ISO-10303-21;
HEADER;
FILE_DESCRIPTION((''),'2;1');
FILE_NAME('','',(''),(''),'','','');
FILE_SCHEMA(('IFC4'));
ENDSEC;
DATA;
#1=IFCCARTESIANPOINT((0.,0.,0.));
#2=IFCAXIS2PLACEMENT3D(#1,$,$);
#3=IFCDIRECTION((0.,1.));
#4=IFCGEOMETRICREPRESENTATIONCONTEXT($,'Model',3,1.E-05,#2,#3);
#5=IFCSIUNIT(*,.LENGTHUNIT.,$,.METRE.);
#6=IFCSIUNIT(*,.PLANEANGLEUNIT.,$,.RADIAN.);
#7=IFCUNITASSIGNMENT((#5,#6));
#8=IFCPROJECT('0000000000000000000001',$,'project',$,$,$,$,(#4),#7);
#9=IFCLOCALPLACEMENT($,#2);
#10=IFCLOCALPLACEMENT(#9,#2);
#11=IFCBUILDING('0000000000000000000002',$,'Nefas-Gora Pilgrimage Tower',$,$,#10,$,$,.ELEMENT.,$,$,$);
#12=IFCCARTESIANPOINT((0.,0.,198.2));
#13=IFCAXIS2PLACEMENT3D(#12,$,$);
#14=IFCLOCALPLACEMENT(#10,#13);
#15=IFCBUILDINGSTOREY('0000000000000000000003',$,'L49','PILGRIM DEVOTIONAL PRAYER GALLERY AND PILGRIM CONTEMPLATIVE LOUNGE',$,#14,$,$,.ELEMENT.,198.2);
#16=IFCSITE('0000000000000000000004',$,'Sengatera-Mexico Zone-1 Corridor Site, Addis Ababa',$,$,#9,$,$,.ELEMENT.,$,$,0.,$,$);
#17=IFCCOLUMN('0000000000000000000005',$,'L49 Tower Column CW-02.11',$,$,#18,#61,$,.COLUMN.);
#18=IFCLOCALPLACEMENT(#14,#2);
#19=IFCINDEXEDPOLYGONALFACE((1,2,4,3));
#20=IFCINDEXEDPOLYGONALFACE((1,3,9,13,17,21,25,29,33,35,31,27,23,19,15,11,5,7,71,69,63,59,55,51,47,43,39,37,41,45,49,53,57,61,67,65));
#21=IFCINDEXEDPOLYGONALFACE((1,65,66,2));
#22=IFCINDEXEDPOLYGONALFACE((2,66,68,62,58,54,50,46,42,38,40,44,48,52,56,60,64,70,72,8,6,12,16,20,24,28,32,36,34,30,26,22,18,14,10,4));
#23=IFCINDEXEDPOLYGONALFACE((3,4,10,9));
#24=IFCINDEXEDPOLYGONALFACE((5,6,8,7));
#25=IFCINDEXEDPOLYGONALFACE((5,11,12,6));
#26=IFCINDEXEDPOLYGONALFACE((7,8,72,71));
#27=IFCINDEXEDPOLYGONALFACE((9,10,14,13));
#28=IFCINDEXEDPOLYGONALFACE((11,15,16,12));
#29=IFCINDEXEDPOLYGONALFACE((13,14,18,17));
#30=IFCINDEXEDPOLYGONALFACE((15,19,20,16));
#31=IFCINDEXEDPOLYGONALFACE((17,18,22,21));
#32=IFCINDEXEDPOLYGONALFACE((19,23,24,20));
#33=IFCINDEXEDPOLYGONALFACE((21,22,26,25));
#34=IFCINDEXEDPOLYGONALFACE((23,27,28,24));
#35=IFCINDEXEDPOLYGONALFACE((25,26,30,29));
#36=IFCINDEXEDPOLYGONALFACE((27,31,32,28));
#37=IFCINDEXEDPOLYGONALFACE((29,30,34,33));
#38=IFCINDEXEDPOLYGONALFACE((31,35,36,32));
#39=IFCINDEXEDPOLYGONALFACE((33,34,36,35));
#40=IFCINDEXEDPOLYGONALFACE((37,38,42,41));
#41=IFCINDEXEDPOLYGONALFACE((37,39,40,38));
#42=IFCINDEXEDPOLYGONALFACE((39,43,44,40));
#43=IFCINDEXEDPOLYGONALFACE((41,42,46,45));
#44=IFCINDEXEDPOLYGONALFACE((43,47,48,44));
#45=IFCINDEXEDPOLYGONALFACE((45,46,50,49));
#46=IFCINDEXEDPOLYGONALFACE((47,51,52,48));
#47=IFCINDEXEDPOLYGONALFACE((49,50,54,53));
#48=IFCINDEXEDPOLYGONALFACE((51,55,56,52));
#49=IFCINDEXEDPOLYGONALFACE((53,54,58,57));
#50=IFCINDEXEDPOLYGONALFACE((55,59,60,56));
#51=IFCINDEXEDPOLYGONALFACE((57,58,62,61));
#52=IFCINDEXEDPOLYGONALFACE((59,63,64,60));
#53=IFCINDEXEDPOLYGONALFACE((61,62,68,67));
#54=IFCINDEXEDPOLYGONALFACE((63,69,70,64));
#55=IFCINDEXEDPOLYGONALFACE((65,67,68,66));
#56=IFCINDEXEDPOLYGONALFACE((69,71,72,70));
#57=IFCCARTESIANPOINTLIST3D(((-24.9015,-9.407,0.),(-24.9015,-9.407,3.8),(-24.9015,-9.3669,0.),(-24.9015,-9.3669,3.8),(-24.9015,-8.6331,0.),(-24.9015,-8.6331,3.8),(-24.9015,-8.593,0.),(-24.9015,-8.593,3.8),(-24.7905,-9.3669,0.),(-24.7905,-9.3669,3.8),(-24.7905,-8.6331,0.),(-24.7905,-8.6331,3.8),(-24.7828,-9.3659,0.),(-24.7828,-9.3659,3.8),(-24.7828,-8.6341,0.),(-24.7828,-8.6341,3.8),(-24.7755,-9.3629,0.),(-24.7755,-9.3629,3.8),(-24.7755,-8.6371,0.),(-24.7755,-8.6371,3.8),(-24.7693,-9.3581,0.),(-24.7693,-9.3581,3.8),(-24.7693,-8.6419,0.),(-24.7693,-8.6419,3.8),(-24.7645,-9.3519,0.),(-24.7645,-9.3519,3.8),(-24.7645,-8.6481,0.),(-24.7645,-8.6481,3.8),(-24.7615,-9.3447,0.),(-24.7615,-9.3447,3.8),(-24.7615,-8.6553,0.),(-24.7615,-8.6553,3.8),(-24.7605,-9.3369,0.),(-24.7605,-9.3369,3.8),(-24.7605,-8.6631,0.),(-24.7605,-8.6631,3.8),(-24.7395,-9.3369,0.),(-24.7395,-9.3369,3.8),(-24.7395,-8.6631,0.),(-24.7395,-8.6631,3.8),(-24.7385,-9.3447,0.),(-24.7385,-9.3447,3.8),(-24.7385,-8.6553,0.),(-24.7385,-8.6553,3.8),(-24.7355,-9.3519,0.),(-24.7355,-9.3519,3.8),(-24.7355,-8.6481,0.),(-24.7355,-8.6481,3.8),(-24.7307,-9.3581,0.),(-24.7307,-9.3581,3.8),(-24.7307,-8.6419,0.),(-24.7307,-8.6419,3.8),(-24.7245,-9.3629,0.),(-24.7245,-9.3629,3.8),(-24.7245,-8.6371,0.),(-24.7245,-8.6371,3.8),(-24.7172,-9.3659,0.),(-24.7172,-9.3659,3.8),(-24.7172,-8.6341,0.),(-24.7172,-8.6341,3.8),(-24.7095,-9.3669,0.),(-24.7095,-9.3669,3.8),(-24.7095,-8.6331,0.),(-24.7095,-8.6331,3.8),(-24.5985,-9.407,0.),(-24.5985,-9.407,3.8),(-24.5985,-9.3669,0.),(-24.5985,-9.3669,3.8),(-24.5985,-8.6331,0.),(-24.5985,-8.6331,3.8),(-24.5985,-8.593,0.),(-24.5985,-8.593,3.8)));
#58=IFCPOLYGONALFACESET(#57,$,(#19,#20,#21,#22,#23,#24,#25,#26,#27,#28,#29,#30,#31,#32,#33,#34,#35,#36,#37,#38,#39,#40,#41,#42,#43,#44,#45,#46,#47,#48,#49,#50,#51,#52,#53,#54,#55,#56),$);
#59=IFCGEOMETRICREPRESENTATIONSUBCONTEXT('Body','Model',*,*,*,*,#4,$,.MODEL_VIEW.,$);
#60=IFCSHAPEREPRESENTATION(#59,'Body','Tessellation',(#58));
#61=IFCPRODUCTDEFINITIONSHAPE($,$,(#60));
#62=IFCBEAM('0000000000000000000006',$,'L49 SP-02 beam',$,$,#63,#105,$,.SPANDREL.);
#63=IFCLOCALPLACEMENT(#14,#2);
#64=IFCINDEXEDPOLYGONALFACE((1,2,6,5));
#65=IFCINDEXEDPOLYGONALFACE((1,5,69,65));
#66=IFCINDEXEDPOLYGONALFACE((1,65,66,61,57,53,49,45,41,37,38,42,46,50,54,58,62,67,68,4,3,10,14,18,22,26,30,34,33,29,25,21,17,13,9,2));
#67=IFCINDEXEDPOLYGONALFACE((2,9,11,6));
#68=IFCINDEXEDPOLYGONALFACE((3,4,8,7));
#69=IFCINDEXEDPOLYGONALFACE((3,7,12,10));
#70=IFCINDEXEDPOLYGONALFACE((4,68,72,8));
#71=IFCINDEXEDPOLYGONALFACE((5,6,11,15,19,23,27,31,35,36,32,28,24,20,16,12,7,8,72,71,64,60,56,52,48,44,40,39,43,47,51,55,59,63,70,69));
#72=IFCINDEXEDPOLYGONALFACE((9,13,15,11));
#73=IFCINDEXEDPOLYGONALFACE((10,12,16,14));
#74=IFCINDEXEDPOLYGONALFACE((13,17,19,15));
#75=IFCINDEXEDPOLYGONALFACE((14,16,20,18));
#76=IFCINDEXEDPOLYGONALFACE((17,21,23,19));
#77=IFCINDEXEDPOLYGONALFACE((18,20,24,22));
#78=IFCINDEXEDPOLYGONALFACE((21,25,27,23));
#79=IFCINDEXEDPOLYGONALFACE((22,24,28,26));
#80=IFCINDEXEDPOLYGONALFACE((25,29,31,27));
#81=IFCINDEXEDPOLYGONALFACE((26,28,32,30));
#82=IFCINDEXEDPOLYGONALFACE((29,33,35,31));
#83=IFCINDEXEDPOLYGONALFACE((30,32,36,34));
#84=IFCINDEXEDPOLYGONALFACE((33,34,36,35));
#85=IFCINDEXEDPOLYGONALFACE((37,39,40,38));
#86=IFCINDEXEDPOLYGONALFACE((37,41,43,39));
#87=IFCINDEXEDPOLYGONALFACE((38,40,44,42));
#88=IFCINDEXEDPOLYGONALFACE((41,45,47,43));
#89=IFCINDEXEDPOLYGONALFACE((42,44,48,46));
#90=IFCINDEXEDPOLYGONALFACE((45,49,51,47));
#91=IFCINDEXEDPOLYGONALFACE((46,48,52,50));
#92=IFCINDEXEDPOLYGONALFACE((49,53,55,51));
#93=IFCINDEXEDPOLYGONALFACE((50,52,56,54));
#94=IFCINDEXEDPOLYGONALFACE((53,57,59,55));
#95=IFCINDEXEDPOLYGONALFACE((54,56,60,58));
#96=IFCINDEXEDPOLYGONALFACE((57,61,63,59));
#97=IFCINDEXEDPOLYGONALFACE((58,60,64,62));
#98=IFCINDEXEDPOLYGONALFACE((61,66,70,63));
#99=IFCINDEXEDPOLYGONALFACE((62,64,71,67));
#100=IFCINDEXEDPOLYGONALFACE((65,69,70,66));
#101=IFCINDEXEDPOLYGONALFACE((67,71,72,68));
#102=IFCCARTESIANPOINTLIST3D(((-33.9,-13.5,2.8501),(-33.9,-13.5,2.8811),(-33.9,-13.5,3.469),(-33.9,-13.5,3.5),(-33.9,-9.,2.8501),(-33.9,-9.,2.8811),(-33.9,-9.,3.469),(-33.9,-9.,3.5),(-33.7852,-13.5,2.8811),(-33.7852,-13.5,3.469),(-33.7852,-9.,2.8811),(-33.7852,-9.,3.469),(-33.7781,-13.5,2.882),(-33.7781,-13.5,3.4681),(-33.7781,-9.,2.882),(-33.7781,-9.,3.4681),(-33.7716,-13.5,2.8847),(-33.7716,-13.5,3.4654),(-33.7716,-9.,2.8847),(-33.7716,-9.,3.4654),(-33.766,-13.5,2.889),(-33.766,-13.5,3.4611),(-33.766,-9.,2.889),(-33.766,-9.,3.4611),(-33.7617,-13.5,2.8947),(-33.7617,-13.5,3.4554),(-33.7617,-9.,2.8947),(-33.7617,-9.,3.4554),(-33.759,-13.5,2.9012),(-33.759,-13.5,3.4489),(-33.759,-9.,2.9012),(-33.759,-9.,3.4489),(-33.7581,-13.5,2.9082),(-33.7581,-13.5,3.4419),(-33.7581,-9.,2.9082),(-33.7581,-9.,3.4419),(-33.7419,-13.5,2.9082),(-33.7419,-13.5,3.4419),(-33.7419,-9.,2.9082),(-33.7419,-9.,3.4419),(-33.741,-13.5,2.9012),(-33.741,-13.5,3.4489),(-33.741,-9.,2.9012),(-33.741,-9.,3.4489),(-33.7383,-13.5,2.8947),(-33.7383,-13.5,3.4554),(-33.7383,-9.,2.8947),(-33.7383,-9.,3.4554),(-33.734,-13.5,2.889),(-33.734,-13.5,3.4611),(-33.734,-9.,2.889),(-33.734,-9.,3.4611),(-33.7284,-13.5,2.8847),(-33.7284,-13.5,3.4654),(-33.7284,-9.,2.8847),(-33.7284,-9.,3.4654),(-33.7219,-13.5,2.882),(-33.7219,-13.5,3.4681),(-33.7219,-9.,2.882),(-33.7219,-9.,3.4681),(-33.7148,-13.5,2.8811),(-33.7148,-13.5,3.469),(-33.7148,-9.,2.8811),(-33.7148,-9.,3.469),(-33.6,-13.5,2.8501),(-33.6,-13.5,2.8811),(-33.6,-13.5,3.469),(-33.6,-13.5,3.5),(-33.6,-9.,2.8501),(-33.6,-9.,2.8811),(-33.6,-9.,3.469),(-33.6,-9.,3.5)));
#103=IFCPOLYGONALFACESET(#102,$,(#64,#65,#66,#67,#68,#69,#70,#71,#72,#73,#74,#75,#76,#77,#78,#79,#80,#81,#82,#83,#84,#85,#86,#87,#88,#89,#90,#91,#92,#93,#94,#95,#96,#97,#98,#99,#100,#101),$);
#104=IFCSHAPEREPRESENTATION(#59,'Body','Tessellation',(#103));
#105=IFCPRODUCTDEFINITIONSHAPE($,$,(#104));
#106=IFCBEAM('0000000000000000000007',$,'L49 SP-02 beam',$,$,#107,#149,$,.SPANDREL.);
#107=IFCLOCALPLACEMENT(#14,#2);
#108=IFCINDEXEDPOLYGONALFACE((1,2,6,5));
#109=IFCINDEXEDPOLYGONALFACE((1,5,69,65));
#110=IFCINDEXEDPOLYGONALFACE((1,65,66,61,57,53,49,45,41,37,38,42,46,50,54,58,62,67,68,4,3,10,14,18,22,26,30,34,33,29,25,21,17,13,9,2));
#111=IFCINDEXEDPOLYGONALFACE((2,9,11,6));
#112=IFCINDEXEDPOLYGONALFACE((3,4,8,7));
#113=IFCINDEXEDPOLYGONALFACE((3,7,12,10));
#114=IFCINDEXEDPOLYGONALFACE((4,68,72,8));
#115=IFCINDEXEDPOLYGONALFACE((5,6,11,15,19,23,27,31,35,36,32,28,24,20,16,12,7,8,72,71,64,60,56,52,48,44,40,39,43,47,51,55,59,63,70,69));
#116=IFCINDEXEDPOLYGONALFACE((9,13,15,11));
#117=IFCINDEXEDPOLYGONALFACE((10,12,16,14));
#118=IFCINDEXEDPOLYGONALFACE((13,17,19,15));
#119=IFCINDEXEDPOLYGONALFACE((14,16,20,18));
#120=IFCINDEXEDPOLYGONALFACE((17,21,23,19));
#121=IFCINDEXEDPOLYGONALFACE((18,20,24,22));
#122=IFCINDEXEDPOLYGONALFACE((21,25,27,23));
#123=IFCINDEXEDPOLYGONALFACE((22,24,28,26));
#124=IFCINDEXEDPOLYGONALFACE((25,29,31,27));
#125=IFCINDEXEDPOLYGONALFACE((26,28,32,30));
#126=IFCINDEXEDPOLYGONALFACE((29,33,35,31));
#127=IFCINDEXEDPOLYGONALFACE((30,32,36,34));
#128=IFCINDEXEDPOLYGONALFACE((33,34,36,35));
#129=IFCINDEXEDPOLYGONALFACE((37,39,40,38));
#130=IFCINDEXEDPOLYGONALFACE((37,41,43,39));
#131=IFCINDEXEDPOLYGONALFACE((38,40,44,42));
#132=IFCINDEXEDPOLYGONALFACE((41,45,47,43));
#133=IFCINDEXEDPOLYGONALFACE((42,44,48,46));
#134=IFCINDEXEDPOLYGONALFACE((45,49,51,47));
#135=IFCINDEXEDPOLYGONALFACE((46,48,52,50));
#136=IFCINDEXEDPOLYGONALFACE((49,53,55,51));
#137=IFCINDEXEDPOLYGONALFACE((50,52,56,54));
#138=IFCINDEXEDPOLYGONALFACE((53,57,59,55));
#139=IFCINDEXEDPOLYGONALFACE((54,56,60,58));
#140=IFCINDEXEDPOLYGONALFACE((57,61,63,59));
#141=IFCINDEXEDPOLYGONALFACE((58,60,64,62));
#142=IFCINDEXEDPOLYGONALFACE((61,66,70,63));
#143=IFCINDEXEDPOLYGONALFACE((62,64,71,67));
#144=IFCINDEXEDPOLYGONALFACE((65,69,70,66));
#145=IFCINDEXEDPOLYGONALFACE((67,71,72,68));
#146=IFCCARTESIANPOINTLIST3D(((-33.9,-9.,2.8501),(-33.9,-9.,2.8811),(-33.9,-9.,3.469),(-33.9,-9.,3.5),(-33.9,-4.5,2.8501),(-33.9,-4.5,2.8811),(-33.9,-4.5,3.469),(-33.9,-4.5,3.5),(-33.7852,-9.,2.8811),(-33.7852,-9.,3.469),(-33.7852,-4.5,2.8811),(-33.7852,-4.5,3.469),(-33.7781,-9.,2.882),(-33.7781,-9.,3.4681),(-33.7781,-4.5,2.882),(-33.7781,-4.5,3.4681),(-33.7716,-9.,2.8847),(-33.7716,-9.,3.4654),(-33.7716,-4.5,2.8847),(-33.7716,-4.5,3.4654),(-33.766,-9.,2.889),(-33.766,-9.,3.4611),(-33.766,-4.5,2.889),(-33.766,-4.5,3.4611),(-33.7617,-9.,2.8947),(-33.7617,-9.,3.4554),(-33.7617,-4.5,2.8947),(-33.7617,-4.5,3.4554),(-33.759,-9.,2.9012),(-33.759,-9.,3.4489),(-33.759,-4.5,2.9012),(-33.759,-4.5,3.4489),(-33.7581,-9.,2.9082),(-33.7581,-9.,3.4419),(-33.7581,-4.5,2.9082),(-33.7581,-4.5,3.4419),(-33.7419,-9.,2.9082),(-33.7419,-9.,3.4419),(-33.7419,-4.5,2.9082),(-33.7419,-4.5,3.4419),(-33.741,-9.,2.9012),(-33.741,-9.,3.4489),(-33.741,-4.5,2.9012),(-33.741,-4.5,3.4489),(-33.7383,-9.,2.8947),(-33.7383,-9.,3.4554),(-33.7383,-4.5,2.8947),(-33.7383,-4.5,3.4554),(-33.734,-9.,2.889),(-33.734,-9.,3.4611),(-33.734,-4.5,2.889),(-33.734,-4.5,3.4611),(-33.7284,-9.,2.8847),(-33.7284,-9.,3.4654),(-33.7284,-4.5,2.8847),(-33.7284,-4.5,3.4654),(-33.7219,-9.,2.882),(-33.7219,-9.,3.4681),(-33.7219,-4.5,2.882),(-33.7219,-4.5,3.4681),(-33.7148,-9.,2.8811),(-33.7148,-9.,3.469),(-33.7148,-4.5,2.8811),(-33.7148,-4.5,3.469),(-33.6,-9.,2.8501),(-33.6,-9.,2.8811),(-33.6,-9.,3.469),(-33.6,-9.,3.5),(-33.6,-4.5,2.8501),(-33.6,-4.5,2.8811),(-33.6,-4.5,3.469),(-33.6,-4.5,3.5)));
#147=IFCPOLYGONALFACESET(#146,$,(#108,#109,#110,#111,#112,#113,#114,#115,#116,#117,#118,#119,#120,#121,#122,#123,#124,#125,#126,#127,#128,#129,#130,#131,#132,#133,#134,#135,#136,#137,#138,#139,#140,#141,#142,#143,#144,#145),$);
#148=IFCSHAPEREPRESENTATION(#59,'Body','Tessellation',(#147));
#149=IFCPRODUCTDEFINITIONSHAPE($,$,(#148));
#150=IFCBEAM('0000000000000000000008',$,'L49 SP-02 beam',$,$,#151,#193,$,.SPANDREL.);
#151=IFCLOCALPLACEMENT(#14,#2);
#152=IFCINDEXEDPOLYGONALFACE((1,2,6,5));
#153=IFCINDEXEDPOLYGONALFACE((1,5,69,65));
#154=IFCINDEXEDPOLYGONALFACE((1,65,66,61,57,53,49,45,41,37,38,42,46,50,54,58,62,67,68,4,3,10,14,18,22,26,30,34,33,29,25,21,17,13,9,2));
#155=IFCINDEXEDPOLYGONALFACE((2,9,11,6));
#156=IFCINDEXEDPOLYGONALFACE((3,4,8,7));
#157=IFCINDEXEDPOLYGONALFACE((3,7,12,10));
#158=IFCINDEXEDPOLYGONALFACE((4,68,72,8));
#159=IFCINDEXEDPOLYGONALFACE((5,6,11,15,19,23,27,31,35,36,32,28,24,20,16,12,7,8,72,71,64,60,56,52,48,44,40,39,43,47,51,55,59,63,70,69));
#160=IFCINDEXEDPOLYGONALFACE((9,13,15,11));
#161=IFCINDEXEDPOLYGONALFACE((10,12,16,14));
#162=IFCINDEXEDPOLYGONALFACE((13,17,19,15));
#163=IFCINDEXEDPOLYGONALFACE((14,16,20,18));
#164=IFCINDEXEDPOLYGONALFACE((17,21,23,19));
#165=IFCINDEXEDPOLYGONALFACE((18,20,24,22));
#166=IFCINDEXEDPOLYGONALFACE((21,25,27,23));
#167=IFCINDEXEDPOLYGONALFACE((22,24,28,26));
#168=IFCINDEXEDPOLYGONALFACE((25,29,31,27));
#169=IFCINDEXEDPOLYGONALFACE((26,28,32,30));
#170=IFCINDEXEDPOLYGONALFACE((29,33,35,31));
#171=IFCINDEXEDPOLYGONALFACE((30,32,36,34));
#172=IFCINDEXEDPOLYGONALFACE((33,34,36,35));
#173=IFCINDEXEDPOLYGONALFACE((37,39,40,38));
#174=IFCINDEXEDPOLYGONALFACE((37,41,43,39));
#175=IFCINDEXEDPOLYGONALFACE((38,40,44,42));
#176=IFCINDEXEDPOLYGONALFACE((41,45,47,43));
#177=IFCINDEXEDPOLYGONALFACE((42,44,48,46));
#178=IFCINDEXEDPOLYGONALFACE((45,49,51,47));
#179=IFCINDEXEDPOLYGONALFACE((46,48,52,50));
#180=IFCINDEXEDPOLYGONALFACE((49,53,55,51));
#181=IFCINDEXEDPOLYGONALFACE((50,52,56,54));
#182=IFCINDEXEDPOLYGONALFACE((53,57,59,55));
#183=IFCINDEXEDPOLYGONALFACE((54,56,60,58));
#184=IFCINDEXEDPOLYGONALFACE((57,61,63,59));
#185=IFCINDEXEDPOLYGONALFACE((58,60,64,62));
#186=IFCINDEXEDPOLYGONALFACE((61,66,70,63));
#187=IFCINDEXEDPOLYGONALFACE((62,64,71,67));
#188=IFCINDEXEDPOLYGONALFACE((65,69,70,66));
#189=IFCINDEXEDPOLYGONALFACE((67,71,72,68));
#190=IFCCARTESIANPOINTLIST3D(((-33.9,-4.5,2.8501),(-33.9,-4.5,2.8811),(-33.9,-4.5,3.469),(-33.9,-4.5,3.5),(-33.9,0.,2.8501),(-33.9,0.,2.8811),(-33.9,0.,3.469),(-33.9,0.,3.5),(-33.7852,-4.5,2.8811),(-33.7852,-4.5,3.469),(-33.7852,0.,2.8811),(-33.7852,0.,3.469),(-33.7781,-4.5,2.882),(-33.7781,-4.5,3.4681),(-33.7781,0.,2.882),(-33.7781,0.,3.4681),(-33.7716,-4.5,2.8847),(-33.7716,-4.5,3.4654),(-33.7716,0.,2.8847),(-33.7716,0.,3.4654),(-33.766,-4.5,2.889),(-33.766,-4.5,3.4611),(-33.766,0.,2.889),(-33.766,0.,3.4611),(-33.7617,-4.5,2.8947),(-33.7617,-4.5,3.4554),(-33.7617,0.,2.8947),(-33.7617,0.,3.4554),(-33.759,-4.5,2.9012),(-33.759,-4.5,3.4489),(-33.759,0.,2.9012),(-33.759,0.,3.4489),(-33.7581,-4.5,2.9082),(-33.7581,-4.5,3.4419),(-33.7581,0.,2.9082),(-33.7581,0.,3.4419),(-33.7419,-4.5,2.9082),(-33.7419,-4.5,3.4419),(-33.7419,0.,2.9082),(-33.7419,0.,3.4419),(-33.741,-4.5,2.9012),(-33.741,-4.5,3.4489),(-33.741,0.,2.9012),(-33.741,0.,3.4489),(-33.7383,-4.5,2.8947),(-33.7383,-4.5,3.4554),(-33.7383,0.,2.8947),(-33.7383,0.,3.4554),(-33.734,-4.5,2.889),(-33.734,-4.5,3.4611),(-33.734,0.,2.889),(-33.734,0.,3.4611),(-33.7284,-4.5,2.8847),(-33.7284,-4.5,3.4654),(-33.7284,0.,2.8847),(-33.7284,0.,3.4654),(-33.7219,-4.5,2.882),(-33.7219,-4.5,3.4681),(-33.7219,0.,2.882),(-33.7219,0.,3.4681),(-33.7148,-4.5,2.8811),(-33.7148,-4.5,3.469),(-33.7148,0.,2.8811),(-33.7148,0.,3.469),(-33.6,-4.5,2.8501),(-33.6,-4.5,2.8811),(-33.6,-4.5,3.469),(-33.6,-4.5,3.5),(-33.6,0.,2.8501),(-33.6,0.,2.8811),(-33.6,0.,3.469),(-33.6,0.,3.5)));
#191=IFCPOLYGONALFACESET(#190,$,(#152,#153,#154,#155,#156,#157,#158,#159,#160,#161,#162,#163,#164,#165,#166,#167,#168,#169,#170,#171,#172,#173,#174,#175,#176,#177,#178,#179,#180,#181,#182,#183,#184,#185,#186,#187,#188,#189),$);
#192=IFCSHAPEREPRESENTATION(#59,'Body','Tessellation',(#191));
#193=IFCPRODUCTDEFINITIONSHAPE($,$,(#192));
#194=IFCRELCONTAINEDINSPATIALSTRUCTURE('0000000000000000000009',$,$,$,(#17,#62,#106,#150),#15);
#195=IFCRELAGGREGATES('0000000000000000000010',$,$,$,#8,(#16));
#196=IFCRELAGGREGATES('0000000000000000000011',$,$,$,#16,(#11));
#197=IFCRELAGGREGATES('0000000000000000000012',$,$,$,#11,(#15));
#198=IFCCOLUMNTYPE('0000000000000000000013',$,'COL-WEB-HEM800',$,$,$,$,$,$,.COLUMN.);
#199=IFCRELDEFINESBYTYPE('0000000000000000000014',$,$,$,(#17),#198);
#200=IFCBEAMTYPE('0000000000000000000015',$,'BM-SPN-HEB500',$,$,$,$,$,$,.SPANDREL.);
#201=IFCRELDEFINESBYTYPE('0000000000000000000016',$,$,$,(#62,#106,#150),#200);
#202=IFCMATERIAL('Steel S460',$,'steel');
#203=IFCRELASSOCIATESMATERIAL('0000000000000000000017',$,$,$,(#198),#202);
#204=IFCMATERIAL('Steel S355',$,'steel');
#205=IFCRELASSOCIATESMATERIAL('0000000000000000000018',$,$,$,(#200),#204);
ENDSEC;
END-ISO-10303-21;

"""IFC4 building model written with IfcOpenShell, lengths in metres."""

from ifc_helpers import new_model, si_unit, direction, frame, origin, origin_2d, place, context, subcontext, project, spatial, i_section, extrude, source, transform, mapped, material, material_profile, profile_set, type_object, element, save


model = new_model("IFC4")

# Units and contexts
model_context = context("Model", 3, precision=1e-05, world=origin(), true_north=direction((0.0, 1.0)))
body_context = subcontext(model_context, "Body", "Model", "MODEL_VIEW")
ifc_project = project(units=[si_unit("LENGTHUNIT", "METRE"), si_unit("PLANEANGLEUNIT", "RADIAN")], contexts=[model_context])

# Site, building, storey
site_placement = place(None, origin())
site = spatial("IfcSite", under=ifc_project, at=site_placement, Name="Sengatera-Mexico Zone-1 Corridor Site, Addis Ababa", CompositionType="ELEMENT", RefElevation=0.0)
building_placement = place(site_placement, origin())
building = spatial("IfcBuilding", under=site, at=building_placement, Name="Nefas-Gora Pilgrimage Tower", CompositionType="ELEMENT")
storey_placement = place(building_placement, frame((0.0, 0.0, 198.2)))
storey = spatial("IfcBuildingStorey", under=building, at=storey_placement, Name="L49", Description="PILGRIM DEVOTIONAL PRAYER GALLERY AND PILGRIM CONTEMPLATIVE LOUNGE", CompositionType="ELEMENT", Elevation=198.2)

# Column
ifc_material_1 = material(Name="Steel S460", Category="steel")
ifc_material_profile_1 = material_profile(ifc_material_1, i_section(OverallWidth=0.303, OverallDepth=0.814, WebThickness=0.021, FlangeThickness=0.04, FilletRadius=0.03, at=origin_2d()), Name="HEM 800")
ifc_profile_set_1 = profile_set([ifc_material_profile_1], Name="Steel S460")
column_type_1 = type_object("IfcColumnType", Name="COL-WEB-HEM800", PredefinedType="COLUMN", material=ifc_profile_set_1)
shared_shape_1 = source(origin(), body_context, "Body", "SweptSolid", [
    extrude(i_section(OverallWidth=0.303, OverallDepth=0.814, WebThickness=0.021, FlangeThickness=0.04, FilletRadius=0.03, at=origin_2d()), origin(), (0.0, 0.0, 1.0), 3.8),
])
for number, where, z_axis, x_axis, name in (
    (1, (-24.75, -9.0, 0.0), (0.0, 0.0, 1.0), (1.0, 0.0, 0.0), "L49 Tower Column CW-02.11"),
):
    element("IfcColumn", number, at=place(storey_placement, frame(where, z_axis=z_axis, x_axis=x_axis)), inside=storey, type_object=column_type_1, Name=name, PredefinedType="COLUMN", context=body_context, shape_type="MappedRepresentation", body=[
        mapped(shared_shape_1, transform((0.0, 0.0, 0.0), x_axis=(1.0, 0.0, 0.0), y_axis=(0.0, 1.0, 0.0), z_axis=(0.0, 0.0, 1.0), scale=1.0)),
    ])

# Beams
ifc_material_2 = material(Name="Steel S355", Category="steel")
ifc_material_profile_2 = material_profile(ifc_material_2, i_section(OverallWidth=0.3, OverallDepth=0.6499, WebThickness=0.0161, FlangeThickness=0.031, FilletRadius=0.0271, at=origin_2d()), Name="HEB 650")
ifc_profile_set_2 = profile_set([ifc_material_profile_2], Name="Steel S355")
beam_type_1 = type_object("IfcBeamType", Name="BM-SPN-HEB500", PredefinedType="SPANDREL", material=ifc_profile_set_2)
shared_shape_2 = source(origin(), body_context, "Body", "SweptSolid", [
    extrude(i_section(OverallWidth=0.3, OverallDepth=0.6499, WebThickness=0.0161, FlangeThickness=0.031, FilletRadius=0.0271, at=origin_2d()), origin(), (0.0, 0.0, 1.0), 4.5),
])
for number, where, z_axis, x_axis, name in (
    (2, (-33.75, -13.5, 3.175), (0.0, 1.0, 0.0), (-1.0, 0.0, 0.0), "L49 SP-02 beam"),
    (3, (-33.75, -9.0, 3.175), (0.0, 1.0, 0.0), (-1.0, 0.0, 0.0), "L49 SP-02 beam"),
    (4, (-33.75, -4.5, 3.175), (0.0, 1.0, 0.0), (-1.0, 0.0, 0.0), "L49 SP-02 beam"),
):
    element("IfcBeam", number, at=place(storey_placement, frame(where, z_axis=z_axis, x_axis=x_axis)), inside=storey, type_object=beam_type_1, Name=name, PredefinedType="SPANDREL", context=body_context, shape_type="MappedRepresentation", body=[
        mapped(shared_shape_2, transform((0.0, 0.0, 0.0), x_axis=(1.0, 0.0, 0.0), y_axis=(0.0, 1.0, 0.0), z_axis=(0.0, 0.0, 1.0), scale=1.0)),
    ])

save(model, "model.ifc")
